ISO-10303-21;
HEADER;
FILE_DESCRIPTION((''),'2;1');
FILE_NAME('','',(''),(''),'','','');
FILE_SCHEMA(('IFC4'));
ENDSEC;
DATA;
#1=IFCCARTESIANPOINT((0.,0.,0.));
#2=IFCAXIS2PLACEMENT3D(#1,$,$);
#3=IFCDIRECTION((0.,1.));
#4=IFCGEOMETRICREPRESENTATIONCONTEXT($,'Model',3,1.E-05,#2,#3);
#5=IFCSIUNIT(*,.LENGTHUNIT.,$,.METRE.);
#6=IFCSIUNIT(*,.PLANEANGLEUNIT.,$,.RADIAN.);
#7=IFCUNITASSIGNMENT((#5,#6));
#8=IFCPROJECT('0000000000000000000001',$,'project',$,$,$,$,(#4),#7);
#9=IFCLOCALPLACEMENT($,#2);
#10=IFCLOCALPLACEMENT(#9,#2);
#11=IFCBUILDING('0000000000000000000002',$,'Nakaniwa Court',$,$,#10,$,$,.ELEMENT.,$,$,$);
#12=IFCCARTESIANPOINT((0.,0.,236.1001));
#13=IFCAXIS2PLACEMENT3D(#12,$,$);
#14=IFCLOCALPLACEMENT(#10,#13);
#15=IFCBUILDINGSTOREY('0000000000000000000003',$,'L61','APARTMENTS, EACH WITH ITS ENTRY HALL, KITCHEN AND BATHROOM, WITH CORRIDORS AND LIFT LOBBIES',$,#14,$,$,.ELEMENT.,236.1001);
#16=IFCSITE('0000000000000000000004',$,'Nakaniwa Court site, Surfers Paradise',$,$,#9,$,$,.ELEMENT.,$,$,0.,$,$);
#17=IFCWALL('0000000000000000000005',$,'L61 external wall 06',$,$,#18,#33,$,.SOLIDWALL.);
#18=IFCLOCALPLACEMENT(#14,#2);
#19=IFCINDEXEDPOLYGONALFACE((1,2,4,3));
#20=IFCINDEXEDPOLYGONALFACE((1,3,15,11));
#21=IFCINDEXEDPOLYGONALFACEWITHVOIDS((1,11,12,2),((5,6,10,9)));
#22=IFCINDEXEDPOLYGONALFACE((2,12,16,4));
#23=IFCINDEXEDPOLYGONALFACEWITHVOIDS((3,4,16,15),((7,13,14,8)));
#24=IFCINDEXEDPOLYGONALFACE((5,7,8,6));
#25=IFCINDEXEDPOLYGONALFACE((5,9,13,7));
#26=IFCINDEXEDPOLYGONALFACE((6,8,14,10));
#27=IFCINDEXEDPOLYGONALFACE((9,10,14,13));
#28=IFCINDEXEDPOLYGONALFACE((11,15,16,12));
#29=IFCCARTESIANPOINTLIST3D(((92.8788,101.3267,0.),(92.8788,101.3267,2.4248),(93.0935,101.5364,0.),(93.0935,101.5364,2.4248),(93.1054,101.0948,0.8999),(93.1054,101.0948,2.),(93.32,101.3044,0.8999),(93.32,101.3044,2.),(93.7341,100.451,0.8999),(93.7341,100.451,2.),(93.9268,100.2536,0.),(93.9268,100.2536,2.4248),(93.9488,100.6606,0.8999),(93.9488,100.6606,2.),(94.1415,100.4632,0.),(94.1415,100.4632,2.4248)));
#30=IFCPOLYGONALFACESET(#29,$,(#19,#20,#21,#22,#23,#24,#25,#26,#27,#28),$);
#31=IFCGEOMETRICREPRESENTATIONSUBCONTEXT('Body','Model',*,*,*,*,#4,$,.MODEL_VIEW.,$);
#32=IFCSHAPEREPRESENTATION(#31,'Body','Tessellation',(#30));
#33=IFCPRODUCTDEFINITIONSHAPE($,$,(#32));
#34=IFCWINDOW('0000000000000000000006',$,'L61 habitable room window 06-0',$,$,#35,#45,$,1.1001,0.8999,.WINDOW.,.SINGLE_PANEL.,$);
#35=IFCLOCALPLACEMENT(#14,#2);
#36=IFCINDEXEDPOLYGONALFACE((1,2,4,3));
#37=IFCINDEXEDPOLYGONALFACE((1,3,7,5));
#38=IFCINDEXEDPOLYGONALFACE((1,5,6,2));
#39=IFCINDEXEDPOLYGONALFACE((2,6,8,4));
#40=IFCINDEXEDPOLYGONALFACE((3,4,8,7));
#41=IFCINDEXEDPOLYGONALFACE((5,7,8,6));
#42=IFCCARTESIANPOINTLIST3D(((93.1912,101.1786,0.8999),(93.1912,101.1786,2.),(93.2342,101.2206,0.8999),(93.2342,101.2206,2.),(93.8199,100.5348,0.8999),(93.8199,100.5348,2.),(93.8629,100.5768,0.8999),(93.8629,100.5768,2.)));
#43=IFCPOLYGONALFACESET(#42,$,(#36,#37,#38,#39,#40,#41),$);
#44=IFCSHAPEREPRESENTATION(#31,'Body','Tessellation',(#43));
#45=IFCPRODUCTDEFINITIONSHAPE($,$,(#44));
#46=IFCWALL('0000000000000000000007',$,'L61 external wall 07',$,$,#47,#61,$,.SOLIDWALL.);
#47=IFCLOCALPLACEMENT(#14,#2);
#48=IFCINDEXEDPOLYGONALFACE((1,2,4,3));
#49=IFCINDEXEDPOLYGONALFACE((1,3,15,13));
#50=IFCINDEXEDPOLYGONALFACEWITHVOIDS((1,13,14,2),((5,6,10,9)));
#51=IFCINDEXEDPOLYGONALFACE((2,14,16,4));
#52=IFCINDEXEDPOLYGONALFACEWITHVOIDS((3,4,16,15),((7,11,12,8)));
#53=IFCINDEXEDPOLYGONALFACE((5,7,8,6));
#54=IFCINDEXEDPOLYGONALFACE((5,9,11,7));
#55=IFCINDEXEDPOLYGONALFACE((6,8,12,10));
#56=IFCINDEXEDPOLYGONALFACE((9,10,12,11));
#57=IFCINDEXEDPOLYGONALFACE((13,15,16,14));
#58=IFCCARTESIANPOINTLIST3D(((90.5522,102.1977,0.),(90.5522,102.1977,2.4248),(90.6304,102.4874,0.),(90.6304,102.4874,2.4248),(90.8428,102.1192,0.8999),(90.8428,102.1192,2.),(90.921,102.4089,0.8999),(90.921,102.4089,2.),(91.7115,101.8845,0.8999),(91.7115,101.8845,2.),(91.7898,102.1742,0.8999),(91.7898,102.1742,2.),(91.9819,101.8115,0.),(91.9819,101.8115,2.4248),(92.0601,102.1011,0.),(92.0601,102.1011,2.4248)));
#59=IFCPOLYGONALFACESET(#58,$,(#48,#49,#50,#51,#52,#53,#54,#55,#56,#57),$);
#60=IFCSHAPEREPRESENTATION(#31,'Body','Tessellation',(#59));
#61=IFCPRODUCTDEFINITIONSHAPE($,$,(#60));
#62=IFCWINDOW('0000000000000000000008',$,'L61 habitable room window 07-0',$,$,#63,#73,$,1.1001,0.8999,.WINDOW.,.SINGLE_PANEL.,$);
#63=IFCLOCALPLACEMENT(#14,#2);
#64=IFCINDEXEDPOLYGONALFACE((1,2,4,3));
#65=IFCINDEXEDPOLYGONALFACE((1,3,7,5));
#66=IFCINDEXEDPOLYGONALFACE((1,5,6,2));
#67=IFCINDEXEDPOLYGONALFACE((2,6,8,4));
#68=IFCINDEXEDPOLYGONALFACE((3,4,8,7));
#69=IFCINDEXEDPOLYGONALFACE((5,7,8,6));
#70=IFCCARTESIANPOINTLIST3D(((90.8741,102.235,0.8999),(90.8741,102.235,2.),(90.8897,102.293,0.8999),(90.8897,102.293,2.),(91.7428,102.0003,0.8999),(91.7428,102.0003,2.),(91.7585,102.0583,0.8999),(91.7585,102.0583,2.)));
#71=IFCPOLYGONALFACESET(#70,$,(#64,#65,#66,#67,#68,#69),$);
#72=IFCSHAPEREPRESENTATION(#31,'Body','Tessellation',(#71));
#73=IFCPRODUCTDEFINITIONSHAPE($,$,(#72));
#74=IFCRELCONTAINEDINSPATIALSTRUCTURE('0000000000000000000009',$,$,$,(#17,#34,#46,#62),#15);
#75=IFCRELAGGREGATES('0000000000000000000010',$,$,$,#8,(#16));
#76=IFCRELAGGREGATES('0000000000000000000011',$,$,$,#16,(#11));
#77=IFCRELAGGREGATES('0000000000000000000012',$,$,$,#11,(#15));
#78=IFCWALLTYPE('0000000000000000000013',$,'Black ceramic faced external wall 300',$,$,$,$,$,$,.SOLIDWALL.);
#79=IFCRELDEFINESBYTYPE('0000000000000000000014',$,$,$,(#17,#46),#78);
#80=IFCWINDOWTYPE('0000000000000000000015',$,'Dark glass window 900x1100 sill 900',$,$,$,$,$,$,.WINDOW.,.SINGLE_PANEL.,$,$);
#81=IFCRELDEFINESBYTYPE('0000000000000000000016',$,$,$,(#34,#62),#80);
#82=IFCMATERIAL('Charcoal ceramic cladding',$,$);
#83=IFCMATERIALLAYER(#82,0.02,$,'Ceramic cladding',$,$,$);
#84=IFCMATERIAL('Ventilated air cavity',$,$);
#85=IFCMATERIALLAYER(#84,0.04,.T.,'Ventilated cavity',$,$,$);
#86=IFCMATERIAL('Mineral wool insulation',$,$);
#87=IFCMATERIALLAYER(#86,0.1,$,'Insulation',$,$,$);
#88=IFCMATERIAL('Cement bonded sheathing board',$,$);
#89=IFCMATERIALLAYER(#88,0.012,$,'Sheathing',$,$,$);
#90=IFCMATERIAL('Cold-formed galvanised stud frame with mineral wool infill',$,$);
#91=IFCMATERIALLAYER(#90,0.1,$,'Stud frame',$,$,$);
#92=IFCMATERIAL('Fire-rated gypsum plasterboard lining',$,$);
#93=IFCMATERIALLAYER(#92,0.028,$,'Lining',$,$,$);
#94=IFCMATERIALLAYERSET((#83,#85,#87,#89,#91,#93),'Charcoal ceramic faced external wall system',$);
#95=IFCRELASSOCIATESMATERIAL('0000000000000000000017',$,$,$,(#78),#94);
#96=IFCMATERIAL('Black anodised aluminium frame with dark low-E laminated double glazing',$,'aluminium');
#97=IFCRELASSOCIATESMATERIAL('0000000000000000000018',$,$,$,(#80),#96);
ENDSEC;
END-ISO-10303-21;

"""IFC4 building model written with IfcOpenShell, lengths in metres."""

from ifc_helpers import new_model, si_unit, direction, frame, frame_2d, origin, place, context, subcontext, project, spatial, rectangle, extrude, material, layer, layer_set, type_object, element, fill, save


model = new_model("IFC4")

# Units and contexts
model_context = context("Model", 3, precision=1e-05, world=origin(), true_north=direction((0.0, 1.0)))
body_context = subcontext(model_context, "Body", "Model", "MODEL_VIEW")
ifc_project = project(units=[si_unit("LENGTHUNIT", "METRE"), si_unit("PLANEANGLEUNIT", "RADIAN")], contexts=[model_context])

# Site, building, storey
site_placement = place(None, origin())
site = spatial("IfcSite", under=ifc_project, at=site_placement, Name="Nakaniwa Court site, Surfers Paradise", CompositionType="ELEMENT", RefElevation=0.0)
building_placement = place(site_placement, origin())
building = spatial("IfcBuilding", under=site, at=building_placement, Name="Nakaniwa Court", CompositionType="ELEMENT")
storey_placement = place(building_placement, frame((0.0, 0.0, 236.1001)))
storey = spatial("IfcBuildingStorey", under=building, at=storey_placement, Name="L61", Description="APARTMENTS, EACH WITH ITS ENTRY HALL, KITCHEN AND BATHROOM, WITH CORRIDORS AND LIFT LOBBIES", CompositionType="ELEMENT", Elevation=236.1001)

# Walls, openings, windows
ifc_material_1 = material(Name="Charcoal ceramic cladding")
ifc_layer_1 = layer(ifc_material_1, 0.02, Name="Ceramic cladding")
ifc_material_2 = material(Name="Ventilated air cavity")
ifc_layer_2 = layer(ifc_material_2, 0.04, ventilated=True, Name="Ventilated cavity")
ifc_material_3 = material(Name="Mineral wool insulation")
ifc_layer_3 = layer(ifc_material_3, 0.1, Name="Insulation")
ifc_material_4 = material(Name="Cement bonded sheathing board")
ifc_layer_4 = layer(ifc_material_4, 0.012, Name="Sheathing")
ifc_material_5 = material(Name="Cold-formed galvanised stud frame with mineral wool infill")
ifc_layer_5 = layer(ifc_material_5, 0.1, Name="Stud frame")
ifc_material_6 = material(Name="Fire-rated gypsum plasterboard lining")
ifc_layer_6 = layer(ifc_material_6, 0.028, Name="Lining")
ifc_layer_set_1 = layer_set([ifc_layer_1, ifc_layer_2, ifc_layer_3, ifc_layer_4, ifc_layer_5, ifc_layer_6], Name="Charcoal ceramic faced external wall system")
wall_type_1 = type_object("IfcWallType", Name="Black ceramic faced external wall 300", PredefinedType="SOLIDWALL", material=ifc_layer_set_1)
wall_1_placement = place(storey_placement, frame((94.0342, 100.3584, 0.0), z_axis=(0.0, 0.0, 1.0), x_axis=(-0.698676, 0.715439, 0.0)))
wall_1 = element("IfcWall", 1, at=wall_1_placement, inside=storey, type_object=wall_type_1, Name="L61 external wall 06", PredefinedType="SOLIDWALL", context=body_context, shape_type="SweptSolid", body=[
    extrude(rectangle(XDim=1.5, YDim=0.3, at=frame_2d((0.75, 0.0))), origin(), (0.0, 0.0, 1.0), 2.4248),
])
opening_1_placement = place(wall_1_placement, frame((0.2759, 0.0, 0.8999)))
opening_1 = element("IfcOpeningElement", 2, at=opening_1_placement, cuts=wall_1, PredefinedType="OPENING", context=body_context, shape_type="SweptSolid", body=[
    extrude(rectangle(XDim=0.8999, YDim=1.1001, at=frame_2d((0.45, 0.55))), frame((0.0, 0.1599, 0.0), z_axis=(0.0, -1.0, 0.0), x_axis=(1.0, 0.0, 0.0)), (0.0, 0.0, 1.0), 0.3201),
])
ifc_material_7 = material(Name="Black anodised aluminium frame with dark low-E laminated double glazing", Category="aluminium")
window_type = type_object("IfcWindowType", Name="Dark glass window 900x1100 sill 900", PartitioningType="SINGLE_PANEL", PredefinedType="WINDOW", material=ifc_material_7)
window_1_placement = place(opening_1_placement, origin())
window_1 = element("IfcWindow", 3, at=window_1_placement, inside=storey, type_object=window_type, Name="L61 habitable room window 06-0", OverallHeight=1.1001, OverallWidth=0.8999, PartitioningType="SINGLE_PANEL", PredefinedType="WINDOW", context=body_context, shape_type="SweptSolid", body=[
    extrude(rectangle(XDim=0.8999, YDim=1.1001, at=frame_2d((0.45, 0.55))), frame((0.0, 0.03, 0.0), z_axis=(0.0, -1.0, 0.0), x_axis=(1.0, 0.0, 0.0)), (0.0, 0.0, 1.0), 0.0601),
])
fill(opening_1, window_1)
wall_2_placement = place(storey_placement, frame((92.021, 101.9563, 0.0), z_axis=(0.0, 0.0, 1.0), x_axis=(-0.965393, 0.260801, 0.0)))
wall_2 = element("IfcWall", 4, at=wall_2_placement, inside=storey, type_object=wall_type_1, Name="L61 external wall 07", PredefinedType="SOLIDWALL", context=body_context, shape_type="SweptSolid", body=[
    extrude(rectangle(XDim=1.481, YDim=0.3, at=frame_2d((0.7405, 0.0))), origin(), (0.0, 0.0, 1.0), 2.4248),
])
opening_2_placement = place(wall_2_placement, frame((0.28, 0.0, 0.8999)))
opening_2 = element("IfcOpeningElement", 5, at=opening_2_placement, cuts=wall_2, PredefinedType="OPENING", context=body_context, shape_type="SweptSolid", body=[
    extrude(rectangle(XDim=0.8999, YDim=1.1001, at=frame_2d((0.45, 0.55))), frame((0.0, 0.1599, 0.0), z_axis=(0.0, -1.0, 0.0), x_axis=(1.0, 0.0, 0.0)), (0.0, 0.0, 1.0), 0.3201),
])
window_2_placement = place(opening_2_placement, origin())
window_2 = element("IfcWindow", 6, at=window_2_placement, inside=storey, type_object=window_type, Name="L61 habitable room window 07-0", OverallHeight=1.1001, OverallWidth=0.8999, PartitioningType="SINGLE_PANEL", PredefinedType="WINDOW", context=body_context, shape_type="SweptSolid", body=[
    extrude(rectangle(XDim=0.8999, YDim=1.1001, at=frame_2d((0.45, 0.55))), frame((0.0, 0.03, 0.0), z_axis=(0.0, -1.0, 0.0), x_axis=(1.0, 0.0, 0.0)), (0.0, 0.0, 1.0), 0.0601),
])
fill(opening_2, window_2)

save(model, "model.ifc")
